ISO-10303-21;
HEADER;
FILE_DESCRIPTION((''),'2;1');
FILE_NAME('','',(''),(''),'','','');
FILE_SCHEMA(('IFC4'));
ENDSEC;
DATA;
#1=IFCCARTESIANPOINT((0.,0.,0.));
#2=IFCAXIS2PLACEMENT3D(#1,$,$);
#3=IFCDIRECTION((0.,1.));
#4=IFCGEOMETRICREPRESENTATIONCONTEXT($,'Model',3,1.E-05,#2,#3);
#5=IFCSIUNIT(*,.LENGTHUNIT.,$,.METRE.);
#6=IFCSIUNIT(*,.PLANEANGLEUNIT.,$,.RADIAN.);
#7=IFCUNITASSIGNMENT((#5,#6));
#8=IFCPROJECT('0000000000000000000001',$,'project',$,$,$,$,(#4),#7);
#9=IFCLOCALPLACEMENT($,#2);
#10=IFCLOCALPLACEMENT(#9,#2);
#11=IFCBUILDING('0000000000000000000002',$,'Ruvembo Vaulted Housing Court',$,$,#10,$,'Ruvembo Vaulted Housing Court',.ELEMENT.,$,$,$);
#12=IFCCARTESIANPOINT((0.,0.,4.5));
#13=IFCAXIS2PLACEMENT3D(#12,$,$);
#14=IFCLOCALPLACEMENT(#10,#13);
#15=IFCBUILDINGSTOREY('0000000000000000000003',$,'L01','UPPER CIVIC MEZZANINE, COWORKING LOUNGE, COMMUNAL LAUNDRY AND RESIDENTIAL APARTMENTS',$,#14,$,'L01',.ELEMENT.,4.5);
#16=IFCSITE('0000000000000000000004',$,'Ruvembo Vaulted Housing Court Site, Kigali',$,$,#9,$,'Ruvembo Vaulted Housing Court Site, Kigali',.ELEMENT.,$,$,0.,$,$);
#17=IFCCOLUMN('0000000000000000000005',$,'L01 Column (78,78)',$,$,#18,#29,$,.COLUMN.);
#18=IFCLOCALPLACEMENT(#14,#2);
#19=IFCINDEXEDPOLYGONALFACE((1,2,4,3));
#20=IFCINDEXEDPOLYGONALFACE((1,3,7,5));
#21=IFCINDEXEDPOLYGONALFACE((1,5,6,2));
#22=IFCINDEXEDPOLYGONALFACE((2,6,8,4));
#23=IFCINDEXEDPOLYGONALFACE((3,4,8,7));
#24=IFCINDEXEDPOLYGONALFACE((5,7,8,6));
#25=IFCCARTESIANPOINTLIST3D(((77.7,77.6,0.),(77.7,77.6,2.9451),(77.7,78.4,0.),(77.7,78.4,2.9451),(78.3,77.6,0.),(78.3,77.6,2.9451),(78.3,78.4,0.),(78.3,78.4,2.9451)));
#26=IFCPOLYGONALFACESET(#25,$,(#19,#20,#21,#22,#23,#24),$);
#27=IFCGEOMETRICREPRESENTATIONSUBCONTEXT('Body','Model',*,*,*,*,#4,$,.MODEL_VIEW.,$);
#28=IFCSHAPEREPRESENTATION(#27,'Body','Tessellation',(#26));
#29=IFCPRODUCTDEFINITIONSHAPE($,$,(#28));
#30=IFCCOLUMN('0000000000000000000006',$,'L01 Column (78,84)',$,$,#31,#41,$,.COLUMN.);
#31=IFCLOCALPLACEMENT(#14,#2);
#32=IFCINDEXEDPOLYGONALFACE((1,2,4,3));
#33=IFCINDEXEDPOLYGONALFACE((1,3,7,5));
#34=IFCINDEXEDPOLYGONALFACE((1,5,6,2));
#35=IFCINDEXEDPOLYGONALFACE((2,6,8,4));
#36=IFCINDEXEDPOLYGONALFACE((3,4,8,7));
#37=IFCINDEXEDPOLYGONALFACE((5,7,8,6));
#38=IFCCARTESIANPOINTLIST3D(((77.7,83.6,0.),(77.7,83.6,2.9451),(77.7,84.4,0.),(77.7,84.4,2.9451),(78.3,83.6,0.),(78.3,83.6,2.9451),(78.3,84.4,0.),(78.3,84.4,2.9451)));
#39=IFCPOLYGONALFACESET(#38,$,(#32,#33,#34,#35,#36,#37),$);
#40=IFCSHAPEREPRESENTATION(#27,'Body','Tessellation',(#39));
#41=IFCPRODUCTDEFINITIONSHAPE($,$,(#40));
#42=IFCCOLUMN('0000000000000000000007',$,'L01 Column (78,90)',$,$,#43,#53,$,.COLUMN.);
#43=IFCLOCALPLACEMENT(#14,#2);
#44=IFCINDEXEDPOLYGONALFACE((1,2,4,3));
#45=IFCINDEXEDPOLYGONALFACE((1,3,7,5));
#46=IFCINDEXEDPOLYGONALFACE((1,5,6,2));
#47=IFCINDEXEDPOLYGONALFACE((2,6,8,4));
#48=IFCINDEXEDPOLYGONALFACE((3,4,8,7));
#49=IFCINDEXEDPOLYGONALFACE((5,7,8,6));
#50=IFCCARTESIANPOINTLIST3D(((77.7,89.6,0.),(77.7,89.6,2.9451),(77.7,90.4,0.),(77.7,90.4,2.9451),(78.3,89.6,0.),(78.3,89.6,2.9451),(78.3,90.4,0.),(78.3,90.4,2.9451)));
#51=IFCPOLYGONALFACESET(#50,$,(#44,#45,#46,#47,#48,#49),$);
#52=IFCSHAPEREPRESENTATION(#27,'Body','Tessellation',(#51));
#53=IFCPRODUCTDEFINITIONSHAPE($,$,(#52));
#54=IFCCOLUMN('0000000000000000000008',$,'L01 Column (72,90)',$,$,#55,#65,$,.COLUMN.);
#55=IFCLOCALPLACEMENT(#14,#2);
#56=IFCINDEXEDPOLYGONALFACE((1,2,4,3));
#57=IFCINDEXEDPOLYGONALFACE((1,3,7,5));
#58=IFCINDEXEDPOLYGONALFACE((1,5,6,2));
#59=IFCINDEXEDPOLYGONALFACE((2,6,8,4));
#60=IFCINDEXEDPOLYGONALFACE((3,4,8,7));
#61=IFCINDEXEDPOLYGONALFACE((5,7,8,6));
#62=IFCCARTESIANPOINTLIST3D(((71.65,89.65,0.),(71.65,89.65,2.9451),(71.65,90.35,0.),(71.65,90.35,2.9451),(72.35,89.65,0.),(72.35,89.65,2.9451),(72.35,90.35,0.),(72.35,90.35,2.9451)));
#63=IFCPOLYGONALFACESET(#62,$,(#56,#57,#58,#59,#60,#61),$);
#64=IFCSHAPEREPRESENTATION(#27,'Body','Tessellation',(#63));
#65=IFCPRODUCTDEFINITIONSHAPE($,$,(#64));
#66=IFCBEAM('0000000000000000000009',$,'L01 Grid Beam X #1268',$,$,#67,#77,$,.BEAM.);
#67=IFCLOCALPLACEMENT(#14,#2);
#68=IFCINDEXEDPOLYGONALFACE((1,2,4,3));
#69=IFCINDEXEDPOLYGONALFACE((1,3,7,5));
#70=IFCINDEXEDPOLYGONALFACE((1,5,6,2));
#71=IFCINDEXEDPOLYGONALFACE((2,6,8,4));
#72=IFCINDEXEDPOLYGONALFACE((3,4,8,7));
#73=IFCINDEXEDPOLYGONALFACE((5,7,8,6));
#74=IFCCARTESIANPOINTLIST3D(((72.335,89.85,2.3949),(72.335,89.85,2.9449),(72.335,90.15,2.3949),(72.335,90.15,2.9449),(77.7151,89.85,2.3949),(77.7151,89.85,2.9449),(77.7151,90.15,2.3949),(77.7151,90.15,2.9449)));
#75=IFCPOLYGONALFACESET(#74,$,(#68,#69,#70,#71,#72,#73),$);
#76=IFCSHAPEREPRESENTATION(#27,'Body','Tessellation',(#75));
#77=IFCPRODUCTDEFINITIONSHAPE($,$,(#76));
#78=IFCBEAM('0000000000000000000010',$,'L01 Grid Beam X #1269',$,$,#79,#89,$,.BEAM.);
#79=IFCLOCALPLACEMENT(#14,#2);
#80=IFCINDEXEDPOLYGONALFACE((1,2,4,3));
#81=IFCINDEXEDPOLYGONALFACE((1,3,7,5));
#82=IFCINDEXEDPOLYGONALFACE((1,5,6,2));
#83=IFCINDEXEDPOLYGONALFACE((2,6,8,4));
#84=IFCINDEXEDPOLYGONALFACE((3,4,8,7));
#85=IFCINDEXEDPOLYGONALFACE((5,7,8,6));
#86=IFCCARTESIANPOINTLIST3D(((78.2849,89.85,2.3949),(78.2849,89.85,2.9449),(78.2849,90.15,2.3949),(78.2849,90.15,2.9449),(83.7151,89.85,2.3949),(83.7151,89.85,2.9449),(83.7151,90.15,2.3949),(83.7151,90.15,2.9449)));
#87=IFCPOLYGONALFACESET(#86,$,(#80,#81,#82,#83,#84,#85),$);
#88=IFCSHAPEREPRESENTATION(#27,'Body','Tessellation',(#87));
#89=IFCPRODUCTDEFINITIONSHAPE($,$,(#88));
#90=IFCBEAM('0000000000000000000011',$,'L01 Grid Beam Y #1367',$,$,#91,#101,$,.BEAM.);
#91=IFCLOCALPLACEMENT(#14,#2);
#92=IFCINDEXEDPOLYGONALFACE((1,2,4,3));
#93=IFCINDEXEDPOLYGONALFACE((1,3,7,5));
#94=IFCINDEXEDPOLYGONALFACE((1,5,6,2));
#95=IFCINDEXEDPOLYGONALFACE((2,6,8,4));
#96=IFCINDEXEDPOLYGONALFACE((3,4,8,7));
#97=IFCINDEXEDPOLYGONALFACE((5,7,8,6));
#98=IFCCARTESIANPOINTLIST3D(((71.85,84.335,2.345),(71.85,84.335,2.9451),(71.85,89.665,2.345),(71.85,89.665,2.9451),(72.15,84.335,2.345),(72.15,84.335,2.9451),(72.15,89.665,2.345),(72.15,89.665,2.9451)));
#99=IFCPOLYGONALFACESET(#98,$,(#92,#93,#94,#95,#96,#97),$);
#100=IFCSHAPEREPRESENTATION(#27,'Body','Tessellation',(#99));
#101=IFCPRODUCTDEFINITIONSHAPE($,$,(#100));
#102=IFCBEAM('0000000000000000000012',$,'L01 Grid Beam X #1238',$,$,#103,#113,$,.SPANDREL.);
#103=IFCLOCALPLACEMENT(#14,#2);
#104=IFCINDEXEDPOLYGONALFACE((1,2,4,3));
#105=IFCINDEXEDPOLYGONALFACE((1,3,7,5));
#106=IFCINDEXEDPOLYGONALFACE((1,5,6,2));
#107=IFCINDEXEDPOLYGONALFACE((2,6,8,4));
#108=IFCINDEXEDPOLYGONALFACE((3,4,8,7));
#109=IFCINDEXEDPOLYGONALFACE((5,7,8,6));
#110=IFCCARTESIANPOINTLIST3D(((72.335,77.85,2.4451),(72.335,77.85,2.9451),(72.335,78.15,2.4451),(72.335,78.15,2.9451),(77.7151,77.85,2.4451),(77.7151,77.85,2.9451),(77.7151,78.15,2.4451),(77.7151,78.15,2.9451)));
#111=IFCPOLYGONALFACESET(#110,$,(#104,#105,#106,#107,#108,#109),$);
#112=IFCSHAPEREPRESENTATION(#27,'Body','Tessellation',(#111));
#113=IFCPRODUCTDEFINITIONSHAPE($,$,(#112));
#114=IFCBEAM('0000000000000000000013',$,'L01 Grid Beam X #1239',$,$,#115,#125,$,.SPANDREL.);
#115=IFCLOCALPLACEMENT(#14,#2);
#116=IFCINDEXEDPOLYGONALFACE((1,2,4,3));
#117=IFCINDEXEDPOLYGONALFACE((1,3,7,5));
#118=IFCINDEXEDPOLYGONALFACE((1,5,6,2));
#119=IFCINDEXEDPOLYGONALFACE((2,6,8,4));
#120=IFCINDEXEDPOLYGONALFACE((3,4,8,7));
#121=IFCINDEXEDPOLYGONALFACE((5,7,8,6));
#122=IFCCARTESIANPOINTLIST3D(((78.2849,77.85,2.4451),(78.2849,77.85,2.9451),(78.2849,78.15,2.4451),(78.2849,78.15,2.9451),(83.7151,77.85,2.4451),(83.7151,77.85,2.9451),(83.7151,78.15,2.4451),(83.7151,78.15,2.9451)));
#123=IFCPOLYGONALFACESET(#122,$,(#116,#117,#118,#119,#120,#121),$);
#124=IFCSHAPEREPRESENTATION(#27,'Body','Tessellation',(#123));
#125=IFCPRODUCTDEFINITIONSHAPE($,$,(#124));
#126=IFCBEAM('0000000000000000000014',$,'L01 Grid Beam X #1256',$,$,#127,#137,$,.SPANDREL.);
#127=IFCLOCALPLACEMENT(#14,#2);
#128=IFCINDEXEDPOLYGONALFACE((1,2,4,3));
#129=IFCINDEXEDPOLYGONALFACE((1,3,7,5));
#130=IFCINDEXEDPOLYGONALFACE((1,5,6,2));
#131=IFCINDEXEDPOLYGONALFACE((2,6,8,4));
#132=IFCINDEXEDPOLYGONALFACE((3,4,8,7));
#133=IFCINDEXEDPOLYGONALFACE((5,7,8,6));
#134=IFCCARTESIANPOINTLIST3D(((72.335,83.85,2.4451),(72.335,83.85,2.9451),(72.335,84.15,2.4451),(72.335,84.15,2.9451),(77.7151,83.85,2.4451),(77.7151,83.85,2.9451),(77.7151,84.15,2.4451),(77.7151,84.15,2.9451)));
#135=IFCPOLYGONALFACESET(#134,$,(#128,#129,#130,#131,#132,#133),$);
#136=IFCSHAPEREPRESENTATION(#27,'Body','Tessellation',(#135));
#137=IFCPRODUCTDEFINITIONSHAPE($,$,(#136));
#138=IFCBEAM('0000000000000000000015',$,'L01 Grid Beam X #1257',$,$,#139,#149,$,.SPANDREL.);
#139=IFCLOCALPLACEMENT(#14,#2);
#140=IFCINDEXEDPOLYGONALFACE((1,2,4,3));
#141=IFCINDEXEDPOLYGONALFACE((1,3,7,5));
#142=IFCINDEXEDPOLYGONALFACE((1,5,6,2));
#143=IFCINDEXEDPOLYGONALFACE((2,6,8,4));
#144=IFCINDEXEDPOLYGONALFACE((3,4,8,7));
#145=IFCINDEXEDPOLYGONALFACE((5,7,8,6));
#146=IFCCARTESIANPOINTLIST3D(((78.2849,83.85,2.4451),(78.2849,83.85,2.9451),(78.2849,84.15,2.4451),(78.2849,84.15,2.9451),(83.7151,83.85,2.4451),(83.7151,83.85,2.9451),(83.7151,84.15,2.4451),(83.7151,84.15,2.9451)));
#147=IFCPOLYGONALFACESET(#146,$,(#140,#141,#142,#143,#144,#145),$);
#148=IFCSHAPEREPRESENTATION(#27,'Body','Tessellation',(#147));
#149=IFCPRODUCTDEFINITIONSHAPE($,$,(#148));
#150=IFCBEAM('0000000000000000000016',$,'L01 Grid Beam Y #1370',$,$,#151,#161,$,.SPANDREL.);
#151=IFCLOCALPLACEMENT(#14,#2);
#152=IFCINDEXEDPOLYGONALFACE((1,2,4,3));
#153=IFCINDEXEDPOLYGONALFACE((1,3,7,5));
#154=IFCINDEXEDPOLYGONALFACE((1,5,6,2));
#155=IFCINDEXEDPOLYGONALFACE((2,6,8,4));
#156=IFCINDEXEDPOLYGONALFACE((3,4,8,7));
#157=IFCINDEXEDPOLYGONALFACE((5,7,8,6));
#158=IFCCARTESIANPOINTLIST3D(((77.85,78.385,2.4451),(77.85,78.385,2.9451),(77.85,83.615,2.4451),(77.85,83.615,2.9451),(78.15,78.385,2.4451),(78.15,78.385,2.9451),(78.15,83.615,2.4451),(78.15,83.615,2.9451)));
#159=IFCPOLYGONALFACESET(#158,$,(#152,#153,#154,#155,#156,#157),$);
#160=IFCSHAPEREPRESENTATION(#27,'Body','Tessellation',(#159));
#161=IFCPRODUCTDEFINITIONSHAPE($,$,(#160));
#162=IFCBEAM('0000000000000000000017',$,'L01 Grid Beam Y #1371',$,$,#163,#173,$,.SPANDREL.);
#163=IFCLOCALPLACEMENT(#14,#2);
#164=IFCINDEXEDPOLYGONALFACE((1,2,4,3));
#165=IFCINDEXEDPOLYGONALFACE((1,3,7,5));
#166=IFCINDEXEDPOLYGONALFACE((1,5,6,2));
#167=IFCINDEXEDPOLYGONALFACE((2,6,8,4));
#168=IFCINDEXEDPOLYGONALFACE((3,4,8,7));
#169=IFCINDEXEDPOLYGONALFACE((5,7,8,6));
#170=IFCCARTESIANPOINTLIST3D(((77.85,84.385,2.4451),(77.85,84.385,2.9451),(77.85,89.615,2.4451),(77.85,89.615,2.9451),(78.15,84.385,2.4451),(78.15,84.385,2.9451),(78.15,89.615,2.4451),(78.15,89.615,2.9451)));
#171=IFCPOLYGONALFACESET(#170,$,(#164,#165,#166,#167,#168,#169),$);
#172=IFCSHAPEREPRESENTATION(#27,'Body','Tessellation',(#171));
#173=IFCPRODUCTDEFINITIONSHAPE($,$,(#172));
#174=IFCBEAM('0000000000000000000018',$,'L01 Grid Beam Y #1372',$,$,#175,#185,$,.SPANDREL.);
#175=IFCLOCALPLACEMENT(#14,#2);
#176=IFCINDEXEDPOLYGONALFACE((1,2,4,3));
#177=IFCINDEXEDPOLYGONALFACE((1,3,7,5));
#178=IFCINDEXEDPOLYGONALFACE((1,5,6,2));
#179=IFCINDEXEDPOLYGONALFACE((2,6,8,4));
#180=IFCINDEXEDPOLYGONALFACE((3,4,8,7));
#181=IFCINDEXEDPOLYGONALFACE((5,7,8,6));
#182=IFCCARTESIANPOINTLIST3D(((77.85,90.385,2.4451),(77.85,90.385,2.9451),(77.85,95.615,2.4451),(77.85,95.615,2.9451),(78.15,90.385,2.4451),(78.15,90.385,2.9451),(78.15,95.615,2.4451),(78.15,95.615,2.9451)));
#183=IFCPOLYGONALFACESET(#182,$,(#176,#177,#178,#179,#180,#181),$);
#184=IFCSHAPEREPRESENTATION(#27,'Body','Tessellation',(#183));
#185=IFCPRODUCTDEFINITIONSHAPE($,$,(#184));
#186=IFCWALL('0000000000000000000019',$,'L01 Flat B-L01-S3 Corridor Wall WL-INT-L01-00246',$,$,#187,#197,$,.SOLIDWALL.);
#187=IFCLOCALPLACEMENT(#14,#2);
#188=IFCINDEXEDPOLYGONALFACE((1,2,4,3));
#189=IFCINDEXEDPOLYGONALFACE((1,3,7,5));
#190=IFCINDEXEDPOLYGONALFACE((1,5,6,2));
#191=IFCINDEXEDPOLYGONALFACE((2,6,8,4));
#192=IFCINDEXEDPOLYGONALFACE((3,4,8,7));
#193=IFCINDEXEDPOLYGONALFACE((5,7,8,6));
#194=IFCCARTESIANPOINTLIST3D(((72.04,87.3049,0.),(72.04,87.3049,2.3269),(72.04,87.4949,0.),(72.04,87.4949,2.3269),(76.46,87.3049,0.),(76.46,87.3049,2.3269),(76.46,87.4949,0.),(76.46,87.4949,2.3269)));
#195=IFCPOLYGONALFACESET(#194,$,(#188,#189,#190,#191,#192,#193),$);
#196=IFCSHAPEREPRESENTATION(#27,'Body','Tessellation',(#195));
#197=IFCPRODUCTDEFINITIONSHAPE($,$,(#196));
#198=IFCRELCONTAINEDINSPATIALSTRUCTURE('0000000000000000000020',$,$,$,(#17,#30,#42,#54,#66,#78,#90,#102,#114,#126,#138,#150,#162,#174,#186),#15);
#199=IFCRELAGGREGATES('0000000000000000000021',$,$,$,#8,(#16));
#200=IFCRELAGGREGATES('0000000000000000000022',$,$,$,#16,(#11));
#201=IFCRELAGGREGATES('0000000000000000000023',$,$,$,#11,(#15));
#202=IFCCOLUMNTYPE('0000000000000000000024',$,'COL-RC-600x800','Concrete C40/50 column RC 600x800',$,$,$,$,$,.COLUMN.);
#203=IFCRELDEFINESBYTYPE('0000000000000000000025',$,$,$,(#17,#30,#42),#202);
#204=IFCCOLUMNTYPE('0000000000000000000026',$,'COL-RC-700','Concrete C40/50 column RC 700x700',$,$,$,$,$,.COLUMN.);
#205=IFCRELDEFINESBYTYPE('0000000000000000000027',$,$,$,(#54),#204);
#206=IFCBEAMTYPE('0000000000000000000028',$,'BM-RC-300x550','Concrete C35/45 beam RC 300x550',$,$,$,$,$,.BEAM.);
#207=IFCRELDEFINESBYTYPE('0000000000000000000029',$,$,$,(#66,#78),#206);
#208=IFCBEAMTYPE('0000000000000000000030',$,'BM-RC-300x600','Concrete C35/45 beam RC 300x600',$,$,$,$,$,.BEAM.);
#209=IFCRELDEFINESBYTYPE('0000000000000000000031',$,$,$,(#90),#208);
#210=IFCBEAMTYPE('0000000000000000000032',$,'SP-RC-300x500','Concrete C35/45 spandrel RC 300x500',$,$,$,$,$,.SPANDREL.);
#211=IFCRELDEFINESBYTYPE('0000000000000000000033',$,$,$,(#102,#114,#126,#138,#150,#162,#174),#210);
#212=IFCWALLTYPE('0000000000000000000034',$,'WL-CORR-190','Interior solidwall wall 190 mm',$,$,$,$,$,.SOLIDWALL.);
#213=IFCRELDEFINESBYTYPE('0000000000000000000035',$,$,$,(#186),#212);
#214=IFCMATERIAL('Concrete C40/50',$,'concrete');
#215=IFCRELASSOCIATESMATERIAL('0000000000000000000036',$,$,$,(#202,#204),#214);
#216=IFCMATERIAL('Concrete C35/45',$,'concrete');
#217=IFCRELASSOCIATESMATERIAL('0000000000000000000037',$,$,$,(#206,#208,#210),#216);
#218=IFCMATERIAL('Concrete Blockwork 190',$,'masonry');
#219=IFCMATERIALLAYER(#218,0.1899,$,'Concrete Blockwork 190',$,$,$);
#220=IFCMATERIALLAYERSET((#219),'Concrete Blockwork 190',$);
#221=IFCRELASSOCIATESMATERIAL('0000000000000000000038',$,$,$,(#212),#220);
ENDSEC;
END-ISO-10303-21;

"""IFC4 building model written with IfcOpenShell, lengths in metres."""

from ifc_helpers import new_model, si_unit, direction, frame, frame_2d, origin, origin_2d, place, context, subcontext, project, spatial, rectangle, extrude, material, layer, layer_set, material_profile, profile_set, type_object, element, save


model = new_model("IFC4")

# Units and contexts
model_context = context("Model", 3, precision=1e-05, world=origin(), true_north=direction((0.0, 1.0)))
body_context = subcontext(model_context, "Body", "Model", "MODEL_VIEW")
ifc_project = project(units=[si_unit("LENGTHUNIT", "METRE"), si_unit("PLANEANGLEUNIT", "RADIAN")], contexts=[model_context])

# Site, building, storey
site_placement = place(None, origin())
site = spatial("IfcSite", under=ifc_project, at=site_placement, Name="Ruvembo Vaulted Housing Court Site, Kigali", LongName="Ruvembo Vaulted Housing Court Site, Kigali", CompositionType="ELEMENT", RefElevation=0.0)
building_placement = place(site_placement, origin())
building = spatial("IfcBuilding", under=site, at=building_placement, Name="Ruvembo Vaulted Housing Court", LongName="Ruvembo Vaulted Housing Court", CompositionType="ELEMENT")
storey_placement = place(building_placement, frame((0.0, 0.0, 4.5)))
storey = spatial("IfcBuildingStorey", under=building, at=storey_placement, Name="L01", Description="UPPER CIVIC MEZZANINE, COWORKING LOUNGE, COMMUNAL LAUNDRY AND RESIDENTIAL APARTMENTS", LongName="L01", CompositionType="ELEMENT", Elevation=4.5)

# Columns
ifc_material_1 = material(Name="Concrete C40/50", Category="concrete")
ifc_material_profile_1 = material_profile(ifc_material_1, rectangle(XDim=0.6001, YDim=0.8, at=origin_2d()), Name="RC 600x800")
ifc_profile_set_1 = profile_set([ifc_material_profile_1], Name="Concrete C40/50")
column_type_1 = type_object("IfcColumnType", Name="COL-RC-600x800", Description="Concrete C40/50 column RC 600x800", PredefinedType="COLUMN", material=ifc_profile_set_1)
for number, where, z_axis, x_axis, name in (
    (1, (78.0, 78.0, 0.0), (0.0, 0.0, 1.0), (1.0, 0.0, 0.0), "L01 Column (78,78)"),
    (2, (78.0, 84.0, 0.0), (0.0, 0.0, 1.0), (1.0, 0.0, 0.0), "L01 Column (78,84)"),
    (3, (78.0, 90.0, 0.0), (0.0, 0.0, 1.0), (1.0, 0.0, 0.0), "L01 Column (78,90)"),
):
    element("IfcColumn", number, at=place(storey_placement, frame(where, z_axis=z_axis, x_axis=x_axis)), inside=storey, type_object=column_type_1, Name=name, PredefinedType="COLUMN", context=body_context, shape_type="SweptSolid", body=[
        extrude(rectangle(XDim=0.6001, YDim=0.8, at=origin_2d()), origin(), (0.0, 0.0, 1.0), 2.9451),
    ])
ifc_material_profile_2 = material_profile(ifc_material_1, rectangle(XDim=0.7, YDim=0.7, at=origin_2d()), Name="RC 700x700")
ifc_profile_set_2 = profile_set([ifc_material_profile_2], Name="Concrete C40/50")
column_type_2 = type_object("IfcColumnType", Name="COL-RC-700", Description="Concrete C40/50 column RC 700x700", PredefinedType="COLUMN", material=ifc_profile_set_2)
column_placement = place(storey_placement, frame((72.0, 90.0, 0.0), z_axis=(0.0, 0.0, 1.0), x_axis=(1.0, 0.0, 0.0)))
element("IfcColumn", 4, at=column_placement, inside=storey, type_object=column_type_2, Name="L01 Column (72,90)", PredefinedType="COLUMN", context=body_context, shape_type="SweptSolid", body=[
    extrude(rectangle(XDim=0.7, YDim=0.7, at=origin_2d()), origin(), (0.0, 0.0, 1.0), 2.9451),
])

# Beams
ifc_material_2 = material(Name="Concrete C35/45", Category="concrete")
ifc_material_profile_3 = material_profile(ifc_material_2, rectangle(XDim=0.3, YDim=0.55, at=origin_2d()), Name="RC 300x550")
ifc_profile_set_3 = profile_set([ifc_material_profile_3], Name="Concrete C35/45")
beam_type_1 = type_object("IfcBeamType", Name="BM-RC-300x550", Description="Concrete C35/45 beam RC 300x550", PredefinedType="BEAM", material=ifc_profile_set_3)
beam_1_placement = place(storey_placement, frame((72.335, 90.0, 2.6699), z_axis=(1.0, 0.0, 0.0), x_axis=(0.0, 1.0, 0.0)))
element("IfcBeam", 5, at=beam_1_placement, inside=storey, type_object=beam_type_1, Name="L01 Grid Beam X #1268", PredefinedType="BEAM", context=body_context, shape_type="SweptSolid", body=[
    extrude(rectangle(XDim=0.3, YDim=0.55, at=origin_2d()), origin(), (0.0, 0.0, 1.0), 5.3801),
])
beam_2_placement = place(storey_placement, frame((78.2849, 90.0, 2.6699), z_axis=(1.0, 0.0, 0.0), x_axis=(0.0, 1.0, 0.0)))
element("IfcBeam", 6, at=beam_2_placement, inside=storey, type_object=beam_type_1, Name="L01 Grid Beam X #1269", PredefinedType="BEAM", context=body_context, shape_type="SweptSolid", body=[
    extrude(rectangle(XDim=0.3, YDim=0.55, at=origin_2d()), origin(), (0.0, 0.0, 1.0), 5.4302),
])
ifc_material_profile_4 = material_profile(ifc_material_2, rectangle(XDim=0.3, YDim=0.6001, at=origin_2d()), Name="RC 300x600")
ifc_profile_set_4 = profile_set([ifc_material_profile_4], Name="Concrete C35/45")
beam_type_2 = type_object("IfcBeamType", Name="BM-RC-300x600", Description="Concrete C35/45 beam RC 300x600", PredefinedType="BEAM", material=ifc_profile_set_4)
beam_3_placement = place(storey_placement, frame((72.0, 84.335, 2.645), z_axis=(0.0, 1.0, 0.0), x_axis=(-1.0, 0.0, 0.0)))
element("IfcBeam", 7, at=beam_3_placement, inside=storey, type_object=beam_type_2, Name="L01 Grid Beam Y #1367", PredefinedType="BEAM", context=body_context, shape_type="SweptSolid", body=[
    extrude(rectangle(XDim=0.3, YDim=0.6001, at=origin_2d()), origin(), (0.0, 0.0, 1.0), 5.3301),
])
ifc_material_profile_5 = material_profile(ifc_material_2, rectangle(XDim=0.3, YDim=0.5, at=origin_2d()), Name="RC 300x500")
ifc_profile_set_5 = profile_set([ifc_material_profile_5], Name="Concrete C35/45")
beam_type_3 = type_object("IfcBeamType", Name="SP-RC-300x500", Description="Concrete C35/45 spandrel RC 300x500", PredefinedType="SPANDREL", material=ifc_profile_set_5)
beam_4_placement = place(storey_placement, frame((72.335, 78.0, 2.6951), z_axis=(1.0, 0.0, 0.0), x_axis=(0.0, 1.0, 0.0)))
element("IfcBeam", 8, at=beam_4_placement, inside=storey, type_object=beam_type_3, Name="L01 Grid Beam X #1238", PredefinedType="SPANDREL", context=body_context, shape_type="SweptSolid", body=[
    extrude(rectangle(XDim=0.3, YDim=0.5, at=origin_2d()), origin(), (0.0, 0.0, 1.0), 5.3801),
])
beam_5_placement = place(storey_placement, frame((78.2849, 78.0, 2.6951), z_axis=(1.0, 0.0, 0.0), x_axis=(0.0, 1.0, 0.0)))
element("IfcBeam", 9, at=beam_5_placement, inside=storey, type_object=beam_type_3, Name="L01 Grid Beam X #1239", PredefinedType="SPANDREL", context=body_context, shape_type="SweptSolid", body=[
    extrude(rectangle(XDim=0.3, YDim=0.5, at=origin_2d()), origin(), (0.0, 0.0, 1.0), 5.4302),
])
beam_6_placement = place(storey_placement, frame((72.335, 84.0, 2.6951), z_axis=(1.0, 0.0, 0.0), x_axis=(0.0, 1.0, 0.0)))
element("IfcBeam", 10, at=beam_6_placement, inside=storey, type_object=beam_type_3, Name="L01 Grid Beam X #1256", PredefinedType="SPANDREL", context=body_context, shape_type="SweptSolid", body=[
    extrude(rectangle(XDim=0.3, YDim=0.5, at=origin_2d()), origin(), (0.0, 0.0, 1.0), 5.3801),
])
beam_7_placement = place(storey_placement, frame((78.2849, 84.0, 2.6951), z_axis=(1.0, 0.0, 0.0), x_axis=(0.0, 1.0, 0.0)))
element("IfcBeam", 11, at=beam_7_placement, inside=storey, type_object=beam_type_3, Name="L01 Grid Beam X #1257", PredefinedType="SPANDREL", context=body_context, shape_type="SweptSolid", body=[
    extrude(rectangle(XDim=0.3, YDim=0.5, at=origin_2d()), origin(), (0.0, 0.0, 1.0), 5.4302),
])
for number, where, z_axis, x_axis, name in (
    (12, (78.0, 78.385, 2.6951), (0.0, 1.0, 0.0), (-1.0, 0.0, 0.0), "L01 Grid Beam Y #1370"),
    (13, (78.0, 84.385, 2.6951), (0.0, 1.0, 0.0), (-1.0, 0.0, 0.0), "L01 Grid Beam Y #1371"),
    (14, (78.0, 90.385, 2.6951), (0.0, 1.0, 0.0), (-1.0, 0.0, 0.0), "L01 Grid Beam Y #1372"),
):
    element("IfcBeam", number, at=place(storey_placement, frame(where, z_axis=z_axis, x_axis=x_axis)), inside=storey, type_object=beam_type_3, Name=name, PredefinedType="SPANDREL", context=body_context, shape_type="SweptSolid", body=[
        extrude(rectangle(XDim=0.3, YDim=0.5, at=origin_2d()), origin(), (0.0, 0.0, 1.0), 5.23),
    ])

# Wall
ifc_material_3 = material(Name="Concrete Blockwork 190", Category="masonry")
ifc_layer_1 = layer(ifc_material_3, 0.1899, Name="Concrete Blockwork 190")
ifc_layer_set_1 = layer_set([ifc_layer_1], Name="Concrete Blockwork 190")
wall_type_1 = type_object("IfcWallType", Name="WL-CORR-190", Description="Interior solidwall wall 190 mm", PredefinedType="SOLIDWALL", material=ifc_layer_set_1)
wall_1_placement = place(storey_placement, frame((72.04, 87.3999, 0.0), z_axis=(0.0, 0.0, 1.0), x_axis=(1.0, 0.0, 0.0)))
element("IfcWall", 15, at=wall_1_placement, inside=storey, type_object=wall_type_1, Name="L01 Flat B-L01-S3 Corridor Wall WL-INT-L01-00246", PredefinedType="SOLIDWALL", context=body_context, shape_type="SweptSolid", body=[
    extrude(rectangle(XDim=4.4199, YDim=0.1899, at=frame_2d((2.21, 0.0))), origin(), (0.0, 0.0, 1.0), 2.3269),
])

save(model, "model.ifc")
